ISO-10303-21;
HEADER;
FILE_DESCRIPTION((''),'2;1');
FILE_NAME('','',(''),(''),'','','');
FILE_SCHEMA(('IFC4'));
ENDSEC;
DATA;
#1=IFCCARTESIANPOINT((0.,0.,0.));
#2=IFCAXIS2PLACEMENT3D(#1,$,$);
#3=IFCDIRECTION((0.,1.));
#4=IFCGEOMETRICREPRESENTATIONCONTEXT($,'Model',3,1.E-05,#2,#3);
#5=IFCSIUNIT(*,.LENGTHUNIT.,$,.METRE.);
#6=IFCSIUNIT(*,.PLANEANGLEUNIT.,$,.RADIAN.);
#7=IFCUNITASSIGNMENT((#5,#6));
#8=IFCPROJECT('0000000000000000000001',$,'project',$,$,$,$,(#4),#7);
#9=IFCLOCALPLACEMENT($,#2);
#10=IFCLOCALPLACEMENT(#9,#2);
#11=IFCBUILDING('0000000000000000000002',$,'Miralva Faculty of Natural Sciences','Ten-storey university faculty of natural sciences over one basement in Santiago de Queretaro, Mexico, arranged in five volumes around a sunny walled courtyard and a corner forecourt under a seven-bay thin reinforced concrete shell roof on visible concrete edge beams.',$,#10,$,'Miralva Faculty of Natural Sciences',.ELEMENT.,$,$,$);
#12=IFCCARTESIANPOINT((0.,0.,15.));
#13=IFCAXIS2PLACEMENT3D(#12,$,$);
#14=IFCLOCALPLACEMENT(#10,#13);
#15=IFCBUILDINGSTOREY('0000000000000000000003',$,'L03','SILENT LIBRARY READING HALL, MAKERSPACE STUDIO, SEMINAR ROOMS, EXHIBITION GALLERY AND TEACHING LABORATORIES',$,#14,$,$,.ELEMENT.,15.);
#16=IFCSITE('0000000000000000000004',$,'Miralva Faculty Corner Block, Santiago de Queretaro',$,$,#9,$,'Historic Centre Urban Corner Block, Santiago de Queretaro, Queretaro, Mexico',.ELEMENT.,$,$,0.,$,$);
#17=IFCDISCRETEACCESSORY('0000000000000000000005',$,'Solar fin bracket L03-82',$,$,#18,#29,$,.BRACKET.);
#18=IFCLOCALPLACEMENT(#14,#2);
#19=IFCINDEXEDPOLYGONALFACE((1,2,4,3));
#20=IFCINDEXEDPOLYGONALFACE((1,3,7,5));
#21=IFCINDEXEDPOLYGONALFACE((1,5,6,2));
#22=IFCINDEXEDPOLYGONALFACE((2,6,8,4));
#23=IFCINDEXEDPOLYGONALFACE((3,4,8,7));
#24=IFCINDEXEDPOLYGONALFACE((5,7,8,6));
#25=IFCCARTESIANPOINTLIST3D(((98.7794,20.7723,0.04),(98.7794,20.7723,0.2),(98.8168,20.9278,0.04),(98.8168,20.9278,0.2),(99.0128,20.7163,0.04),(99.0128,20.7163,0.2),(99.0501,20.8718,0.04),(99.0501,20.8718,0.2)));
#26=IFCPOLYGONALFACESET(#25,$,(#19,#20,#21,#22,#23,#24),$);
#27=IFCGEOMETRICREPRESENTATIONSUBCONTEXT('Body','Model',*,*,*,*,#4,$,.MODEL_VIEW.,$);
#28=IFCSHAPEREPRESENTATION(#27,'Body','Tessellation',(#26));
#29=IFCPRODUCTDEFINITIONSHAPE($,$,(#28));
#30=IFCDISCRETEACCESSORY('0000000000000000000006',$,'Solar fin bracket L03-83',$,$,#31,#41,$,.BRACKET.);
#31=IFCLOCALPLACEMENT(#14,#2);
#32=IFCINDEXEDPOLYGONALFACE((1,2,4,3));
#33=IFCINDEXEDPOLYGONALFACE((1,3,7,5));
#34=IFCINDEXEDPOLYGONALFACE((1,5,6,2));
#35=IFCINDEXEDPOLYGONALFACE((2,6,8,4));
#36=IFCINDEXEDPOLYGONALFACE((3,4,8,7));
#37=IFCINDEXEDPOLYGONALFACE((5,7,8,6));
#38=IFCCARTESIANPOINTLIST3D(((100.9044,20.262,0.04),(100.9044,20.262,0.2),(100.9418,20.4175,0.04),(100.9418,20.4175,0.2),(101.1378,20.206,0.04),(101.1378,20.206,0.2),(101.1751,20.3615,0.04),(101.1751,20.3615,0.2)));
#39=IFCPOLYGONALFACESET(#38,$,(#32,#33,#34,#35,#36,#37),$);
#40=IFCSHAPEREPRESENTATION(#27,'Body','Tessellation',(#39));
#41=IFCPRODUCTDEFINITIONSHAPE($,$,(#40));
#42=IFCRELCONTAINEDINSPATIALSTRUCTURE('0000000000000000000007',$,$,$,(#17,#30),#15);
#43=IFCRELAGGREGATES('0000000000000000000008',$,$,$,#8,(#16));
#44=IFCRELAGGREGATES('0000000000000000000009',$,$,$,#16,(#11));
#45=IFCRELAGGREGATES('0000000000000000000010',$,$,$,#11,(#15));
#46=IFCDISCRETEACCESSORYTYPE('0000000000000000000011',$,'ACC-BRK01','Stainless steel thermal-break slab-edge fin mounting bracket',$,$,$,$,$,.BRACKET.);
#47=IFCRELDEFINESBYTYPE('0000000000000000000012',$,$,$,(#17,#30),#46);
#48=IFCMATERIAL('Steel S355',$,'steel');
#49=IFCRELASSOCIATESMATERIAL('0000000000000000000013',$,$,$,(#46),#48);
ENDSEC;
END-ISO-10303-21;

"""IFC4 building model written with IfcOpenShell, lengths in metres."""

from ifc_helpers import new_model, si_unit, direction, frame, origin, origin_2d, place, context, subcontext, project, spatial, rectangle, extrude, material, type_object, element, save


model = new_model("IFC4")

# Units and contexts
model_context = context("Model", 3, precision=1e-05, world=origin(), true_north=direction((0.0, 1.0)))
body_context = subcontext(model_context, "Body", "Model", "MODEL_VIEW")
ifc_project = project(units=[si_unit("LENGTHUNIT", "METRE"), si_unit("PLANEANGLEUNIT", "RADIAN")], contexts=[model_context])

# Site, building, storey
site_placement = place(None, origin())
site = spatial("IfcSite", under=ifc_project, at=site_placement, Name="Miralva Faculty Corner Block, Santiago de Queretaro", LongName="Historic Centre Urban Corner Block, Santiago de Queretaro, Queretaro, Mexico", CompositionType="ELEMENT", RefElevation=0.0)
building_placement = place(site_placement, origin())
building = spatial("IfcBuilding", under=site, at=building_placement, Name="Miralva Faculty of Natural Sciences", Description="Ten-storey university faculty of natural sciences over one basement in Santiago de Queretaro, Mexico, arranged in five volumes around a sunny walled courtyard and a corner forecourt under a seven-bay thin reinforced concrete shell roof on visible concrete edge beams.", LongName="Miralva Faculty of Natural Sciences", CompositionType="ELEMENT")
storey_placement = place(building_placement, frame((0.0, 0.0, 15.0)))
storey = spatial("IfcBuildingStorey", under=building, at=storey_placement, Name="L03", Description="SILENT LIBRARY READING HALL, MAKERSPACE STUDIO, SEMINAR ROOMS, EXHIBITION GALLERY AND TEACHING LABORATORIES", CompositionType="ELEMENT", Elevation=15.0)

# Shared definitions
ifc_material_1 = material(Name="Steel S355", Category="steel")

# Discrete accessories
discrete_accessory_type = type_object("IfcDiscreteAccessoryType", Name="ACC-BRK01", Description="Stainless steel thermal-break slab-edge fin mounting bracket", PredefinedType="BRACKET", material=ifc_material_1)
for number, where, z_axis, x_axis, name in (
    (1, (98.9148, 20.822, 0.04), (0.0, 0.0, 1.0), (-0.233445, -0.97237, 0.0), "Solar fin bracket L03-82"),
    (2, (101.0398, 20.3118, 0.04), (0.0, 0.0, 1.0), (-0.233445, -0.97237, 0.0), "Solar fin bracket L03-83"),
):
    element("IfcDiscreteAccessory", number, at=place(storey_placement, frame(where, z_axis=z_axis, x_axis=x_axis)), inside=storey, type_object=discrete_accessory_type, Name=name, PredefinedType="BRACKET", context=body_context, shape_type="SweptSolid", body=[
        extrude(rectangle(XDim=0.1599, YDim=0.24, at=origin_2d()), origin(), (0.0, 0.0, 1.0), 0.1599),
    ])

save(model, "model.ifc")
